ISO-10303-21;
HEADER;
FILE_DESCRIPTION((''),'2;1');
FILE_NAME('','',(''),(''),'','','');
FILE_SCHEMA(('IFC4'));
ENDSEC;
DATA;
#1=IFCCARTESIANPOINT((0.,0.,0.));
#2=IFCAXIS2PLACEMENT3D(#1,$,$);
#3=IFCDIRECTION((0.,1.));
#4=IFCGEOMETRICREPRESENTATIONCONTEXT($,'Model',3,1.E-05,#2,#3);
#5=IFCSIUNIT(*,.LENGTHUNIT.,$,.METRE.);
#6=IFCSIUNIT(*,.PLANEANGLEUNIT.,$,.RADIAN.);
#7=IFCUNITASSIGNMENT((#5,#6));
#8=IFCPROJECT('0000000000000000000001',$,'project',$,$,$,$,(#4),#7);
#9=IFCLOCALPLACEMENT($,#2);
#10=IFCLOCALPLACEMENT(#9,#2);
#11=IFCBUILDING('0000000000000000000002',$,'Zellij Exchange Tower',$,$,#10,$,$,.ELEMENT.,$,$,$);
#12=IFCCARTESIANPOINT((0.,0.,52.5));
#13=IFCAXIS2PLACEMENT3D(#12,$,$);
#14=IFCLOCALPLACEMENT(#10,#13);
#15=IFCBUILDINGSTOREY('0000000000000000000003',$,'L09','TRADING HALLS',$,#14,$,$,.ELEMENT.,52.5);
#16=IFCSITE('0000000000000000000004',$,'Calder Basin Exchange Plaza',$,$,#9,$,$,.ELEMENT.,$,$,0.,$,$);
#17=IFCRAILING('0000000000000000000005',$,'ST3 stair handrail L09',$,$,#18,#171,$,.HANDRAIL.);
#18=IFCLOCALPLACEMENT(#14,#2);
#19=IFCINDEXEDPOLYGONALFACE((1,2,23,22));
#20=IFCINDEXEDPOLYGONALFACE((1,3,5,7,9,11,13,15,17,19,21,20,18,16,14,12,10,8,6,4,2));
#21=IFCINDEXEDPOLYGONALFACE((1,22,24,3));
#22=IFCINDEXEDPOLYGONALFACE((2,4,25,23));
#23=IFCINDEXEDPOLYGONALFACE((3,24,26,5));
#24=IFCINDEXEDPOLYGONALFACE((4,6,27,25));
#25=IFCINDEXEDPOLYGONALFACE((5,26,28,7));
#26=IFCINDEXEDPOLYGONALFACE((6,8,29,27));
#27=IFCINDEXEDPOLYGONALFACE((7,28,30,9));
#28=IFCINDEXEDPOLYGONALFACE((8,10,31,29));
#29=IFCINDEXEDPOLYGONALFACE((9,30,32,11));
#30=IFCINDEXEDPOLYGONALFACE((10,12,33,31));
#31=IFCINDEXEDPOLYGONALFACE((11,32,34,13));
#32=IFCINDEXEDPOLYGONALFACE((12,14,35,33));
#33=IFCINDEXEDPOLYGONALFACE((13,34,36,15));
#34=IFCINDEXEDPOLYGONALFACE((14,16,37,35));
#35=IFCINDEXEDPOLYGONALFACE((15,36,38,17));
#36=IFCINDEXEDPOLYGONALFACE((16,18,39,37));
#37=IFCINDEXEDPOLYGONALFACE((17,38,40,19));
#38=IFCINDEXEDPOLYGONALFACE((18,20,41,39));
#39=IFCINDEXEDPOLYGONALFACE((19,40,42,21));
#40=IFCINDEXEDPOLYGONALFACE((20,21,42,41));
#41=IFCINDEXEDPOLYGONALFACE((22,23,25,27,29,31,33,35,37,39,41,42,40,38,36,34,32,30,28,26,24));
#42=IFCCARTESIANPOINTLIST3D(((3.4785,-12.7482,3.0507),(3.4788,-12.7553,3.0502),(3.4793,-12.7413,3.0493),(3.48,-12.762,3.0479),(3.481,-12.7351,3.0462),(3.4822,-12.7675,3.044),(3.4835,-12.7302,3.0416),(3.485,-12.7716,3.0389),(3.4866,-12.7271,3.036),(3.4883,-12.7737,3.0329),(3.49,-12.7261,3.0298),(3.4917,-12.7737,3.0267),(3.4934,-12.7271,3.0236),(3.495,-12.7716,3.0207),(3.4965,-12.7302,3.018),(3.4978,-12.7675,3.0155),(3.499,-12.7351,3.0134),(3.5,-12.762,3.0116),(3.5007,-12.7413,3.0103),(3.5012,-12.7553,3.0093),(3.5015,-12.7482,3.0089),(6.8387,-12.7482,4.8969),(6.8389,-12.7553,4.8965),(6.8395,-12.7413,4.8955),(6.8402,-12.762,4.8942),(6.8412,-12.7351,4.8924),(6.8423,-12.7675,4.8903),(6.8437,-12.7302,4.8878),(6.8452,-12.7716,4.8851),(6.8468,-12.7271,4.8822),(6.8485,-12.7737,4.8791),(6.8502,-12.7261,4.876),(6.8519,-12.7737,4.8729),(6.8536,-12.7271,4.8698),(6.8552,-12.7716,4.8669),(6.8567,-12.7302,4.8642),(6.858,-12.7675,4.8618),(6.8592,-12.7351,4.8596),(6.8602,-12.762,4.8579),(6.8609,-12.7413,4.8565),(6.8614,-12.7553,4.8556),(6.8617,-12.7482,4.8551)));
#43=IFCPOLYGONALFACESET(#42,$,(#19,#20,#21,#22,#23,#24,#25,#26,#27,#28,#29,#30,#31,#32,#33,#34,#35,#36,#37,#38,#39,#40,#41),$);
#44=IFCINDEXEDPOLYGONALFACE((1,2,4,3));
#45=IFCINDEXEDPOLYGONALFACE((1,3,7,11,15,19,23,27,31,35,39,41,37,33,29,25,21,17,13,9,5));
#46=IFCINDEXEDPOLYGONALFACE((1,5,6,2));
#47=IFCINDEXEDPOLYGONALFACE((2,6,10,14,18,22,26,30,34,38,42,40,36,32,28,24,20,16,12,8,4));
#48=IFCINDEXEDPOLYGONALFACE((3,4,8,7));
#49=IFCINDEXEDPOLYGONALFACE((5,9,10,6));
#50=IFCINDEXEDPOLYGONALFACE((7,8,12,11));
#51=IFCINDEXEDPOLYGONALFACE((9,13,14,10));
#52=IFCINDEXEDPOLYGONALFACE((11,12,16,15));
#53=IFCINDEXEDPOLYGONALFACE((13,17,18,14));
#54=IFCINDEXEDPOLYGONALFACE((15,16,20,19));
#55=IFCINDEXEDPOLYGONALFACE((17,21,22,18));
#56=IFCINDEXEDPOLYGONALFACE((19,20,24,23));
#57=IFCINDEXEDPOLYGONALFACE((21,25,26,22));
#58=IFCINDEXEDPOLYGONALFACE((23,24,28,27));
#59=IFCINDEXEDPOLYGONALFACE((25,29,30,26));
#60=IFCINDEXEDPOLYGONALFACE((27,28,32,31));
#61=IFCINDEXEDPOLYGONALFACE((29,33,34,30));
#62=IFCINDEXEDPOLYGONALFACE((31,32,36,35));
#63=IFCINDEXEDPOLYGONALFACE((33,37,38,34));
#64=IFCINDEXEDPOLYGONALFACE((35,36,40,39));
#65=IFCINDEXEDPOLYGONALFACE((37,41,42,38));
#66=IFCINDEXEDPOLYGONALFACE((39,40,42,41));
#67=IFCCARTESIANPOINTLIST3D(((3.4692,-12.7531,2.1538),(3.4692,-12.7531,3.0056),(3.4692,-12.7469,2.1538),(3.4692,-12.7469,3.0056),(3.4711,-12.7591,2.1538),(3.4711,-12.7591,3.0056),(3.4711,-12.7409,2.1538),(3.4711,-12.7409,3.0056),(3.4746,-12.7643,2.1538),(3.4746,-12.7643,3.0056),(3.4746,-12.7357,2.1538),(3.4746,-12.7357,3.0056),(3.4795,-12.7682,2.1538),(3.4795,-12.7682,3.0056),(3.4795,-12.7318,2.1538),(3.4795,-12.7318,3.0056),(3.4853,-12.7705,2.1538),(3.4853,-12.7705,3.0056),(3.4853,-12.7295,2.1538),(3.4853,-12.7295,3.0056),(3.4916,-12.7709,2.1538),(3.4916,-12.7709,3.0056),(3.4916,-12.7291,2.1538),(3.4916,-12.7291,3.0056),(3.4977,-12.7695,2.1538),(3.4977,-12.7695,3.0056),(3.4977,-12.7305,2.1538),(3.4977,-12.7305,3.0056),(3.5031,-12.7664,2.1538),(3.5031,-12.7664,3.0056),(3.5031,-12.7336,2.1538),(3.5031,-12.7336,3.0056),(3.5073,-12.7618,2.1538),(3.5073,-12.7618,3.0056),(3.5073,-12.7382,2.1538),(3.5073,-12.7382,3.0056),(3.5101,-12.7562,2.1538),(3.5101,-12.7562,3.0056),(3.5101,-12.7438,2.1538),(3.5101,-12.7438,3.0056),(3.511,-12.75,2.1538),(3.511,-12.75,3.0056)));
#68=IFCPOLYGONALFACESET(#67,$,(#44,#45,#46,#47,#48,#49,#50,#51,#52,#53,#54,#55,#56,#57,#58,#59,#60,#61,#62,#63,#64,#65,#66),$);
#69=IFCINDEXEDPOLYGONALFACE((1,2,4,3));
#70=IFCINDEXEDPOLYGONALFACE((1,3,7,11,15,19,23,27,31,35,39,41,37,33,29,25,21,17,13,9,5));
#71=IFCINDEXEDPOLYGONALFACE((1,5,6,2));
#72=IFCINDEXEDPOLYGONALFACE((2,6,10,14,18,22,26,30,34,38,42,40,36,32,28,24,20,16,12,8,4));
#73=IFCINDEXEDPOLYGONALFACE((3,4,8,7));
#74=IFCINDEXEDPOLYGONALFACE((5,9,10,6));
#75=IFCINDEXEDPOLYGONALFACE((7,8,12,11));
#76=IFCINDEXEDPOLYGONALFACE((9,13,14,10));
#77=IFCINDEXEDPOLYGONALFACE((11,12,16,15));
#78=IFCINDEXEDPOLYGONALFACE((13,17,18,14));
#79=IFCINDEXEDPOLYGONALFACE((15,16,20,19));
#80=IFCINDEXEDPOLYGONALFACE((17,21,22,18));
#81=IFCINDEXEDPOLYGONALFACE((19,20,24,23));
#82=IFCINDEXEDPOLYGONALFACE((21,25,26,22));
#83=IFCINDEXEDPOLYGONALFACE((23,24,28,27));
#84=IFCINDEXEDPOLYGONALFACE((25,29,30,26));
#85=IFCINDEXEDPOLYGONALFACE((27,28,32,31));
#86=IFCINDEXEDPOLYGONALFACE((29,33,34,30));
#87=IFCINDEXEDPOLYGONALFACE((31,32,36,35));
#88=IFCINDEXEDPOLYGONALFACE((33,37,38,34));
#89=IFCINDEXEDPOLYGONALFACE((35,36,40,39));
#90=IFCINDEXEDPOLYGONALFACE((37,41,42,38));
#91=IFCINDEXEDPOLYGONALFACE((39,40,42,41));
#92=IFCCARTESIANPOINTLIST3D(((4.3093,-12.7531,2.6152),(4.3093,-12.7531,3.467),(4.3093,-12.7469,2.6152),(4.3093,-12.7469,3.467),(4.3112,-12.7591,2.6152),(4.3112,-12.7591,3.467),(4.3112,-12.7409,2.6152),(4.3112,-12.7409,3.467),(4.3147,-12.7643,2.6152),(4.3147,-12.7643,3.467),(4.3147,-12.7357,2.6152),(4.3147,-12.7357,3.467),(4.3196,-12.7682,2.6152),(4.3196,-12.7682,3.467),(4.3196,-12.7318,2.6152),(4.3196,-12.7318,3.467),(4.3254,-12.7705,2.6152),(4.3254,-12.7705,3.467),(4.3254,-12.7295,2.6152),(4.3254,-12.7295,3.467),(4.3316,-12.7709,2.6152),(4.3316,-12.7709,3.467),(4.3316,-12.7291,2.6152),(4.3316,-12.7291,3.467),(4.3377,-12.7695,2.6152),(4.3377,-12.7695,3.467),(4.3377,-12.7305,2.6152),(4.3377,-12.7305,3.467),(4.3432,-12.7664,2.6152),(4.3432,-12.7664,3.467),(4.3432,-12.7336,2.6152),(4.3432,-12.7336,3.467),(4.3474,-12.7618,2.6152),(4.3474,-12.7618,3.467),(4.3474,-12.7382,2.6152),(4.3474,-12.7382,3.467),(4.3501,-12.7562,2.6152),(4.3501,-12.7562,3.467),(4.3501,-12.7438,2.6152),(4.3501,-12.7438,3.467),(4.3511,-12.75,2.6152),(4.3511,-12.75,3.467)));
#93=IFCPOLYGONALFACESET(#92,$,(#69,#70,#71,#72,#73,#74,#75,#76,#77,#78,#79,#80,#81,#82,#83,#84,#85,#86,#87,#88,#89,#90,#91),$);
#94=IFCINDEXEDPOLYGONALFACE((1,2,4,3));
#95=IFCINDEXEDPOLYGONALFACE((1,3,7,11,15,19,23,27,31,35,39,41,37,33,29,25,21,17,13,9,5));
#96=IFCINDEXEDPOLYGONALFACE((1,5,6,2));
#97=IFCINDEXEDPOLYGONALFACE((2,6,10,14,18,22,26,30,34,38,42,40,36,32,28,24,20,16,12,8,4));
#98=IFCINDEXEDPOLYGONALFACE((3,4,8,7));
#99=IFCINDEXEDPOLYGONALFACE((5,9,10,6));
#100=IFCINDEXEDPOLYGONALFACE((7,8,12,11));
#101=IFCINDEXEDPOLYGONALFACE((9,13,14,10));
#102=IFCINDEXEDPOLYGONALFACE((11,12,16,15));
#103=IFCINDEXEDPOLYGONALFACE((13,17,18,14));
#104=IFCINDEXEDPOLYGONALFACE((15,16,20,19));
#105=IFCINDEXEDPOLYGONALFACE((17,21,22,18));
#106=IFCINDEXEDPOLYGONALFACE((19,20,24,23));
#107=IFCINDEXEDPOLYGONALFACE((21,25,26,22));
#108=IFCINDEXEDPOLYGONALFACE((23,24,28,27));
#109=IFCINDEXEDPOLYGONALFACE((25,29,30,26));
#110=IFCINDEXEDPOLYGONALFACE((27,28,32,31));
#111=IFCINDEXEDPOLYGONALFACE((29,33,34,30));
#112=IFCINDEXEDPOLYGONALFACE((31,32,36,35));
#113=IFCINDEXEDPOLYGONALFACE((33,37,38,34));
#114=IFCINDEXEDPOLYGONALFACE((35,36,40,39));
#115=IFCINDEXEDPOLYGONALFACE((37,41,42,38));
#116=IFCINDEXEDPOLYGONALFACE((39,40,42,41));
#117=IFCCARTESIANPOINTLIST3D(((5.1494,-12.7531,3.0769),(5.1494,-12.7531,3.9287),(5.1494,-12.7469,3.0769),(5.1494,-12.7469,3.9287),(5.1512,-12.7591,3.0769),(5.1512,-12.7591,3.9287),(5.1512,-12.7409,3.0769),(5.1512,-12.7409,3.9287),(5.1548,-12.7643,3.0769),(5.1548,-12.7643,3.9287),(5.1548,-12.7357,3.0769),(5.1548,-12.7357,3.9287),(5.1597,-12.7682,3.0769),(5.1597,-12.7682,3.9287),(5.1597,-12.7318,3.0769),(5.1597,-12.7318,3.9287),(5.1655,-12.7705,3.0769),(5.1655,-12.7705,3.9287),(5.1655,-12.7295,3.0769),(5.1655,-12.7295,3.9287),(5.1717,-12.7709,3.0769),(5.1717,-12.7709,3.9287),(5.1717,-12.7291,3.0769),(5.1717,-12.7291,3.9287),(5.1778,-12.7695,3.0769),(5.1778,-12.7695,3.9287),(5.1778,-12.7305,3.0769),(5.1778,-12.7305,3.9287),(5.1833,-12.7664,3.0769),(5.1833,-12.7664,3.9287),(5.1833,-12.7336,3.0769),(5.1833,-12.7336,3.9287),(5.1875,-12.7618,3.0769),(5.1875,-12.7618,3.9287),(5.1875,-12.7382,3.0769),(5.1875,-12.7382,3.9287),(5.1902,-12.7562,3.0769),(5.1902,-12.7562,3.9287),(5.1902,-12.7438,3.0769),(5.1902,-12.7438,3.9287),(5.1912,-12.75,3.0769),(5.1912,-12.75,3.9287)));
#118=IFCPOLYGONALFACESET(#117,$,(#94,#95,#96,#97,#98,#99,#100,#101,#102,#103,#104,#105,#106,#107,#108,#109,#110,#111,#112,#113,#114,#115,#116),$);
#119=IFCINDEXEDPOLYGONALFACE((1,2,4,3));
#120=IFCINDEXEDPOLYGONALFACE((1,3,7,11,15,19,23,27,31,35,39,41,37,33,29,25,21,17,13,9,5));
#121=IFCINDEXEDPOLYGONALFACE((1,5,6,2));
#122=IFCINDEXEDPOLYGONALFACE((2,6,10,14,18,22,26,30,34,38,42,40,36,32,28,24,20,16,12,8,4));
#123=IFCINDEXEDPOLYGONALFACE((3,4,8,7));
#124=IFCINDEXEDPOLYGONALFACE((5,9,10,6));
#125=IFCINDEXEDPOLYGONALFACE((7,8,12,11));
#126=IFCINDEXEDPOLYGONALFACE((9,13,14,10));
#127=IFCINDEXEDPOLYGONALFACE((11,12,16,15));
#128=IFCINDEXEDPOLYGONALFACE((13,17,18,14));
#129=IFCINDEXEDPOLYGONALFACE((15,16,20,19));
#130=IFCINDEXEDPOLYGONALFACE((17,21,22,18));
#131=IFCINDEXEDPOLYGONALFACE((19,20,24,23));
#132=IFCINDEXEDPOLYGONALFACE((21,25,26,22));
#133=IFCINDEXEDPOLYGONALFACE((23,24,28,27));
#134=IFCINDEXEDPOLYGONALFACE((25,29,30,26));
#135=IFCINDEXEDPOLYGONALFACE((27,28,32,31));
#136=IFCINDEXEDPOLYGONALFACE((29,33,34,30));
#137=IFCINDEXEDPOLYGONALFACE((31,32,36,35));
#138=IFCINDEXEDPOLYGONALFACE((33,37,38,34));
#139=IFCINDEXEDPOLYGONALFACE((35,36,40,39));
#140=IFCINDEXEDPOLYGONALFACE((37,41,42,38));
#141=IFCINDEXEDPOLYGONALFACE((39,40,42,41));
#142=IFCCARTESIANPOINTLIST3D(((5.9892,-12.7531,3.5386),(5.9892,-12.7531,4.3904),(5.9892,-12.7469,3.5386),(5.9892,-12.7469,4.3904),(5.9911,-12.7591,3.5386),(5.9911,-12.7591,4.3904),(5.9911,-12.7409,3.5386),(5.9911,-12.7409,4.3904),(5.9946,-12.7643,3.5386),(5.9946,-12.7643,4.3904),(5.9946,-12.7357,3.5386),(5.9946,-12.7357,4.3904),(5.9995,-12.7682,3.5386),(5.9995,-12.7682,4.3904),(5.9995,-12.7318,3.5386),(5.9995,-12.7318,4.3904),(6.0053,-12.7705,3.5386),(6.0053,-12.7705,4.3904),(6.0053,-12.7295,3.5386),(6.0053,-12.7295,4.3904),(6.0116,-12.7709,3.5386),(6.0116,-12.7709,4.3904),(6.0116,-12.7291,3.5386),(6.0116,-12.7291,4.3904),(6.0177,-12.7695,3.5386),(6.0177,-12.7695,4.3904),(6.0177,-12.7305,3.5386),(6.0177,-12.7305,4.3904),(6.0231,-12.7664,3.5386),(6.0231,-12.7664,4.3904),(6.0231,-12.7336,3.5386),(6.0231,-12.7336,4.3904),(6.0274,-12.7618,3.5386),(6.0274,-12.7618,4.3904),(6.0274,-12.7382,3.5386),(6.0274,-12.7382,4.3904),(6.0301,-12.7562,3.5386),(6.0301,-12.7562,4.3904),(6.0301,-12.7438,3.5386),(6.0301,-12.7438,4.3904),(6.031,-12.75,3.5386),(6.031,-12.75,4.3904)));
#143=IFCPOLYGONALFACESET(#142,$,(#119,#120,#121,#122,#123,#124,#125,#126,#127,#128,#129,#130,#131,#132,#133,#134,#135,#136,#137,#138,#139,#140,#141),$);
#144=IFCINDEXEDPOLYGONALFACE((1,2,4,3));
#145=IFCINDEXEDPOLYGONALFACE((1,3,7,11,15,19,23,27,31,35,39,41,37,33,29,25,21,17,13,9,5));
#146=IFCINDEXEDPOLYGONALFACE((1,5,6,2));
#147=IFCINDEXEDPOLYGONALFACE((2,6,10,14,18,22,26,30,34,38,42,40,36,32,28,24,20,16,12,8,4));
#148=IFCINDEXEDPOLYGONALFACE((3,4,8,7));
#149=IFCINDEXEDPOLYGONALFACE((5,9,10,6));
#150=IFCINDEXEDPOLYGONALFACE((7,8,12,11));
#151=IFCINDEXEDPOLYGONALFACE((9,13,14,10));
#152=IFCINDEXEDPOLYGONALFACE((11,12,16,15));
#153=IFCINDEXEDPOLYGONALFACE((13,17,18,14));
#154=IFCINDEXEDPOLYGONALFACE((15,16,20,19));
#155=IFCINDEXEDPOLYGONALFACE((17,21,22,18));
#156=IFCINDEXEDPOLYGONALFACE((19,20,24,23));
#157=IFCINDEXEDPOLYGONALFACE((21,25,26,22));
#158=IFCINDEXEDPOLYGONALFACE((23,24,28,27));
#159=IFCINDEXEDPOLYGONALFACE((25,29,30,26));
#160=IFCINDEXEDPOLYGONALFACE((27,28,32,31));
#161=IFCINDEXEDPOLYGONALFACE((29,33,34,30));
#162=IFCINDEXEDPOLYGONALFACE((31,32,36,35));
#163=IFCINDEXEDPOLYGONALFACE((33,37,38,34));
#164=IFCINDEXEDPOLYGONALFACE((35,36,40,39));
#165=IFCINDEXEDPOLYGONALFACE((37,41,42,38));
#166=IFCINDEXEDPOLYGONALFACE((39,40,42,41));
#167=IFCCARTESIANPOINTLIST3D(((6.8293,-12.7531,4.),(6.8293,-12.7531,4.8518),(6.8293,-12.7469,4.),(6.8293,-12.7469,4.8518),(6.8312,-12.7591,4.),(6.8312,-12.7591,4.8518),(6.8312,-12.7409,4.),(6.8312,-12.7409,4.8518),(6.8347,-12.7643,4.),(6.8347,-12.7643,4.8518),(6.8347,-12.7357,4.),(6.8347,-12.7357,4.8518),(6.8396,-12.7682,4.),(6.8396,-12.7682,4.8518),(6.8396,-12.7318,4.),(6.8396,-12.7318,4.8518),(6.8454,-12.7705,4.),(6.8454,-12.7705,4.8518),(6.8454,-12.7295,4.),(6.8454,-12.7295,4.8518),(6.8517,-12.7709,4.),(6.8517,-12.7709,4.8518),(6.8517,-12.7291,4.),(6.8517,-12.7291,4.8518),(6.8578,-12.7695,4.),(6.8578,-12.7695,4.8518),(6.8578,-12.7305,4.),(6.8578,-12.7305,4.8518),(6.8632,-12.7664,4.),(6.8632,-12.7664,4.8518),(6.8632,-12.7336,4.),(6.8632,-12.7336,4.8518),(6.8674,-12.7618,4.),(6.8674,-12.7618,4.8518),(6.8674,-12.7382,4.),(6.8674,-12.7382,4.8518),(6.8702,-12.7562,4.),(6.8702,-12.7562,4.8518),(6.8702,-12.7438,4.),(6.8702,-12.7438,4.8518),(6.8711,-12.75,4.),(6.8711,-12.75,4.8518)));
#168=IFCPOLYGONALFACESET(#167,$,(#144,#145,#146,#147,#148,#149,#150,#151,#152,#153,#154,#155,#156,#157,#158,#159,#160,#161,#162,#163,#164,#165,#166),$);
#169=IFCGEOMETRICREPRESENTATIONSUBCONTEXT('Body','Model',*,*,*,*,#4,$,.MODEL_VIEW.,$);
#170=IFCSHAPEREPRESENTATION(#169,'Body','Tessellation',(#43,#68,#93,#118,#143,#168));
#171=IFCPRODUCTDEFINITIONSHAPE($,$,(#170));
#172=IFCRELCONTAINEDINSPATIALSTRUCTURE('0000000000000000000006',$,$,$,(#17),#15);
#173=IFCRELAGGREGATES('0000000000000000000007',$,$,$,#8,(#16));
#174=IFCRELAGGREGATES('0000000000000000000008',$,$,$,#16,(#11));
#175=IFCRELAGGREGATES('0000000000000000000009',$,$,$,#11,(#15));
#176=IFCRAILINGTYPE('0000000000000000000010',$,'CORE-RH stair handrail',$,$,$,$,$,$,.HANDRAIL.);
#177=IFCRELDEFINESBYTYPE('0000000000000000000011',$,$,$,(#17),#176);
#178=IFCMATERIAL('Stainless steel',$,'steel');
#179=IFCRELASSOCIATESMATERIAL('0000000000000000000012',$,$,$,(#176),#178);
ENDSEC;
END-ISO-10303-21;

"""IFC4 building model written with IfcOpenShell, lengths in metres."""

from ifc_helpers import new_model, si_unit, direction, frame, origin, origin_2d, place, context, subcontext, project, spatial, circle, extrude, material, type_object, element, save


model = new_model("IFC4")

# Units and contexts
model_context = context("Model", 3, precision=1e-05, world=origin(), true_north=direction((0.0, 1.0)))
body_context = subcontext(model_context, "Body", "Model", "MODEL_VIEW")
ifc_project = project(units=[si_unit("LENGTHUNIT", "METRE"), si_unit("PLANEANGLEUNIT", "RADIAN")], contexts=[model_context])

# Site, building, storey
site_placement = place(None, origin())
site = spatial("IfcSite", under=ifc_project, at=site_placement, Name="Calder Basin Exchange Plaza", CompositionType="ELEMENT", RefElevation=0.0)
building_placement = place(site_placement, origin())
building = spatial("IfcBuilding", under=site, at=building_placement, Name="Zellij Exchange Tower", CompositionType="ELEMENT")
storey_placement = place(building_placement, frame((0.0, 0.0, 52.5)))
storey = spatial("IfcBuildingStorey", under=building, at=storey_placement, Name="L09", Description="TRADING HALLS", CompositionType="ELEMENT", Elevation=52.5)

# Railing
ifc_material_1 = material(Name="Stainless steel", Category="steel")
railing_type_1 = type_object("IfcRailingType", Name="CORE-RH stair handrail", PredefinedType="HANDRAIL", material=ifc_material_1)
for number, where, name in (
    (1, (3.49, -12.75, 2.1538), "ST3 stair handrail L09"),
):
    element("IfcRailing", number, at=place(storey_placement, frame(where)), inside=storey, type_object=railing_type_1, Name=name, PredefinedType="HANDRAIL", context=body_context, shape_type="SweptSolid", body=[
        extrude(circle(Radius=0.0239, at=origin_2d()), frame((0.0, 0.0, 0.876), z_axis=(0.876422, 0.0, 0.481545), x_axis=(0.0, 1.0, 0.0)), (0.0, 0.0, 1.0), 3.834),
        extrude(circle(Radius=0.021, at=origin_2d()), origin(), (0.0, 0.0, 1.0), 0.8518),
        extrude(circle(Radius=0.021, at=origin_2d()), frame((0.8401, 0.0, 0.4614)), (0.0, 0.0, 1.0), 0.8518),
        extrude(circle(Radius=0.021, at=origin_2d()), frame((1.6802, 0.0, 0.9231)), (0.0, 0.0, 1.0), 0.8518),
        extrude(circle(Radius=0.021, at=origin_2d()), frame((2.52, 0.0, 1.3848)), (0.0, 0.0, 1.0), 0.8518),
        extrude(circle(Radius=0.021, at=origin_2d()), frame((3.3601, 0.0, 1.8462)), (0.0, 0.0, 1.0), 0.8518),
    ])

save(model, "model.ifc")
